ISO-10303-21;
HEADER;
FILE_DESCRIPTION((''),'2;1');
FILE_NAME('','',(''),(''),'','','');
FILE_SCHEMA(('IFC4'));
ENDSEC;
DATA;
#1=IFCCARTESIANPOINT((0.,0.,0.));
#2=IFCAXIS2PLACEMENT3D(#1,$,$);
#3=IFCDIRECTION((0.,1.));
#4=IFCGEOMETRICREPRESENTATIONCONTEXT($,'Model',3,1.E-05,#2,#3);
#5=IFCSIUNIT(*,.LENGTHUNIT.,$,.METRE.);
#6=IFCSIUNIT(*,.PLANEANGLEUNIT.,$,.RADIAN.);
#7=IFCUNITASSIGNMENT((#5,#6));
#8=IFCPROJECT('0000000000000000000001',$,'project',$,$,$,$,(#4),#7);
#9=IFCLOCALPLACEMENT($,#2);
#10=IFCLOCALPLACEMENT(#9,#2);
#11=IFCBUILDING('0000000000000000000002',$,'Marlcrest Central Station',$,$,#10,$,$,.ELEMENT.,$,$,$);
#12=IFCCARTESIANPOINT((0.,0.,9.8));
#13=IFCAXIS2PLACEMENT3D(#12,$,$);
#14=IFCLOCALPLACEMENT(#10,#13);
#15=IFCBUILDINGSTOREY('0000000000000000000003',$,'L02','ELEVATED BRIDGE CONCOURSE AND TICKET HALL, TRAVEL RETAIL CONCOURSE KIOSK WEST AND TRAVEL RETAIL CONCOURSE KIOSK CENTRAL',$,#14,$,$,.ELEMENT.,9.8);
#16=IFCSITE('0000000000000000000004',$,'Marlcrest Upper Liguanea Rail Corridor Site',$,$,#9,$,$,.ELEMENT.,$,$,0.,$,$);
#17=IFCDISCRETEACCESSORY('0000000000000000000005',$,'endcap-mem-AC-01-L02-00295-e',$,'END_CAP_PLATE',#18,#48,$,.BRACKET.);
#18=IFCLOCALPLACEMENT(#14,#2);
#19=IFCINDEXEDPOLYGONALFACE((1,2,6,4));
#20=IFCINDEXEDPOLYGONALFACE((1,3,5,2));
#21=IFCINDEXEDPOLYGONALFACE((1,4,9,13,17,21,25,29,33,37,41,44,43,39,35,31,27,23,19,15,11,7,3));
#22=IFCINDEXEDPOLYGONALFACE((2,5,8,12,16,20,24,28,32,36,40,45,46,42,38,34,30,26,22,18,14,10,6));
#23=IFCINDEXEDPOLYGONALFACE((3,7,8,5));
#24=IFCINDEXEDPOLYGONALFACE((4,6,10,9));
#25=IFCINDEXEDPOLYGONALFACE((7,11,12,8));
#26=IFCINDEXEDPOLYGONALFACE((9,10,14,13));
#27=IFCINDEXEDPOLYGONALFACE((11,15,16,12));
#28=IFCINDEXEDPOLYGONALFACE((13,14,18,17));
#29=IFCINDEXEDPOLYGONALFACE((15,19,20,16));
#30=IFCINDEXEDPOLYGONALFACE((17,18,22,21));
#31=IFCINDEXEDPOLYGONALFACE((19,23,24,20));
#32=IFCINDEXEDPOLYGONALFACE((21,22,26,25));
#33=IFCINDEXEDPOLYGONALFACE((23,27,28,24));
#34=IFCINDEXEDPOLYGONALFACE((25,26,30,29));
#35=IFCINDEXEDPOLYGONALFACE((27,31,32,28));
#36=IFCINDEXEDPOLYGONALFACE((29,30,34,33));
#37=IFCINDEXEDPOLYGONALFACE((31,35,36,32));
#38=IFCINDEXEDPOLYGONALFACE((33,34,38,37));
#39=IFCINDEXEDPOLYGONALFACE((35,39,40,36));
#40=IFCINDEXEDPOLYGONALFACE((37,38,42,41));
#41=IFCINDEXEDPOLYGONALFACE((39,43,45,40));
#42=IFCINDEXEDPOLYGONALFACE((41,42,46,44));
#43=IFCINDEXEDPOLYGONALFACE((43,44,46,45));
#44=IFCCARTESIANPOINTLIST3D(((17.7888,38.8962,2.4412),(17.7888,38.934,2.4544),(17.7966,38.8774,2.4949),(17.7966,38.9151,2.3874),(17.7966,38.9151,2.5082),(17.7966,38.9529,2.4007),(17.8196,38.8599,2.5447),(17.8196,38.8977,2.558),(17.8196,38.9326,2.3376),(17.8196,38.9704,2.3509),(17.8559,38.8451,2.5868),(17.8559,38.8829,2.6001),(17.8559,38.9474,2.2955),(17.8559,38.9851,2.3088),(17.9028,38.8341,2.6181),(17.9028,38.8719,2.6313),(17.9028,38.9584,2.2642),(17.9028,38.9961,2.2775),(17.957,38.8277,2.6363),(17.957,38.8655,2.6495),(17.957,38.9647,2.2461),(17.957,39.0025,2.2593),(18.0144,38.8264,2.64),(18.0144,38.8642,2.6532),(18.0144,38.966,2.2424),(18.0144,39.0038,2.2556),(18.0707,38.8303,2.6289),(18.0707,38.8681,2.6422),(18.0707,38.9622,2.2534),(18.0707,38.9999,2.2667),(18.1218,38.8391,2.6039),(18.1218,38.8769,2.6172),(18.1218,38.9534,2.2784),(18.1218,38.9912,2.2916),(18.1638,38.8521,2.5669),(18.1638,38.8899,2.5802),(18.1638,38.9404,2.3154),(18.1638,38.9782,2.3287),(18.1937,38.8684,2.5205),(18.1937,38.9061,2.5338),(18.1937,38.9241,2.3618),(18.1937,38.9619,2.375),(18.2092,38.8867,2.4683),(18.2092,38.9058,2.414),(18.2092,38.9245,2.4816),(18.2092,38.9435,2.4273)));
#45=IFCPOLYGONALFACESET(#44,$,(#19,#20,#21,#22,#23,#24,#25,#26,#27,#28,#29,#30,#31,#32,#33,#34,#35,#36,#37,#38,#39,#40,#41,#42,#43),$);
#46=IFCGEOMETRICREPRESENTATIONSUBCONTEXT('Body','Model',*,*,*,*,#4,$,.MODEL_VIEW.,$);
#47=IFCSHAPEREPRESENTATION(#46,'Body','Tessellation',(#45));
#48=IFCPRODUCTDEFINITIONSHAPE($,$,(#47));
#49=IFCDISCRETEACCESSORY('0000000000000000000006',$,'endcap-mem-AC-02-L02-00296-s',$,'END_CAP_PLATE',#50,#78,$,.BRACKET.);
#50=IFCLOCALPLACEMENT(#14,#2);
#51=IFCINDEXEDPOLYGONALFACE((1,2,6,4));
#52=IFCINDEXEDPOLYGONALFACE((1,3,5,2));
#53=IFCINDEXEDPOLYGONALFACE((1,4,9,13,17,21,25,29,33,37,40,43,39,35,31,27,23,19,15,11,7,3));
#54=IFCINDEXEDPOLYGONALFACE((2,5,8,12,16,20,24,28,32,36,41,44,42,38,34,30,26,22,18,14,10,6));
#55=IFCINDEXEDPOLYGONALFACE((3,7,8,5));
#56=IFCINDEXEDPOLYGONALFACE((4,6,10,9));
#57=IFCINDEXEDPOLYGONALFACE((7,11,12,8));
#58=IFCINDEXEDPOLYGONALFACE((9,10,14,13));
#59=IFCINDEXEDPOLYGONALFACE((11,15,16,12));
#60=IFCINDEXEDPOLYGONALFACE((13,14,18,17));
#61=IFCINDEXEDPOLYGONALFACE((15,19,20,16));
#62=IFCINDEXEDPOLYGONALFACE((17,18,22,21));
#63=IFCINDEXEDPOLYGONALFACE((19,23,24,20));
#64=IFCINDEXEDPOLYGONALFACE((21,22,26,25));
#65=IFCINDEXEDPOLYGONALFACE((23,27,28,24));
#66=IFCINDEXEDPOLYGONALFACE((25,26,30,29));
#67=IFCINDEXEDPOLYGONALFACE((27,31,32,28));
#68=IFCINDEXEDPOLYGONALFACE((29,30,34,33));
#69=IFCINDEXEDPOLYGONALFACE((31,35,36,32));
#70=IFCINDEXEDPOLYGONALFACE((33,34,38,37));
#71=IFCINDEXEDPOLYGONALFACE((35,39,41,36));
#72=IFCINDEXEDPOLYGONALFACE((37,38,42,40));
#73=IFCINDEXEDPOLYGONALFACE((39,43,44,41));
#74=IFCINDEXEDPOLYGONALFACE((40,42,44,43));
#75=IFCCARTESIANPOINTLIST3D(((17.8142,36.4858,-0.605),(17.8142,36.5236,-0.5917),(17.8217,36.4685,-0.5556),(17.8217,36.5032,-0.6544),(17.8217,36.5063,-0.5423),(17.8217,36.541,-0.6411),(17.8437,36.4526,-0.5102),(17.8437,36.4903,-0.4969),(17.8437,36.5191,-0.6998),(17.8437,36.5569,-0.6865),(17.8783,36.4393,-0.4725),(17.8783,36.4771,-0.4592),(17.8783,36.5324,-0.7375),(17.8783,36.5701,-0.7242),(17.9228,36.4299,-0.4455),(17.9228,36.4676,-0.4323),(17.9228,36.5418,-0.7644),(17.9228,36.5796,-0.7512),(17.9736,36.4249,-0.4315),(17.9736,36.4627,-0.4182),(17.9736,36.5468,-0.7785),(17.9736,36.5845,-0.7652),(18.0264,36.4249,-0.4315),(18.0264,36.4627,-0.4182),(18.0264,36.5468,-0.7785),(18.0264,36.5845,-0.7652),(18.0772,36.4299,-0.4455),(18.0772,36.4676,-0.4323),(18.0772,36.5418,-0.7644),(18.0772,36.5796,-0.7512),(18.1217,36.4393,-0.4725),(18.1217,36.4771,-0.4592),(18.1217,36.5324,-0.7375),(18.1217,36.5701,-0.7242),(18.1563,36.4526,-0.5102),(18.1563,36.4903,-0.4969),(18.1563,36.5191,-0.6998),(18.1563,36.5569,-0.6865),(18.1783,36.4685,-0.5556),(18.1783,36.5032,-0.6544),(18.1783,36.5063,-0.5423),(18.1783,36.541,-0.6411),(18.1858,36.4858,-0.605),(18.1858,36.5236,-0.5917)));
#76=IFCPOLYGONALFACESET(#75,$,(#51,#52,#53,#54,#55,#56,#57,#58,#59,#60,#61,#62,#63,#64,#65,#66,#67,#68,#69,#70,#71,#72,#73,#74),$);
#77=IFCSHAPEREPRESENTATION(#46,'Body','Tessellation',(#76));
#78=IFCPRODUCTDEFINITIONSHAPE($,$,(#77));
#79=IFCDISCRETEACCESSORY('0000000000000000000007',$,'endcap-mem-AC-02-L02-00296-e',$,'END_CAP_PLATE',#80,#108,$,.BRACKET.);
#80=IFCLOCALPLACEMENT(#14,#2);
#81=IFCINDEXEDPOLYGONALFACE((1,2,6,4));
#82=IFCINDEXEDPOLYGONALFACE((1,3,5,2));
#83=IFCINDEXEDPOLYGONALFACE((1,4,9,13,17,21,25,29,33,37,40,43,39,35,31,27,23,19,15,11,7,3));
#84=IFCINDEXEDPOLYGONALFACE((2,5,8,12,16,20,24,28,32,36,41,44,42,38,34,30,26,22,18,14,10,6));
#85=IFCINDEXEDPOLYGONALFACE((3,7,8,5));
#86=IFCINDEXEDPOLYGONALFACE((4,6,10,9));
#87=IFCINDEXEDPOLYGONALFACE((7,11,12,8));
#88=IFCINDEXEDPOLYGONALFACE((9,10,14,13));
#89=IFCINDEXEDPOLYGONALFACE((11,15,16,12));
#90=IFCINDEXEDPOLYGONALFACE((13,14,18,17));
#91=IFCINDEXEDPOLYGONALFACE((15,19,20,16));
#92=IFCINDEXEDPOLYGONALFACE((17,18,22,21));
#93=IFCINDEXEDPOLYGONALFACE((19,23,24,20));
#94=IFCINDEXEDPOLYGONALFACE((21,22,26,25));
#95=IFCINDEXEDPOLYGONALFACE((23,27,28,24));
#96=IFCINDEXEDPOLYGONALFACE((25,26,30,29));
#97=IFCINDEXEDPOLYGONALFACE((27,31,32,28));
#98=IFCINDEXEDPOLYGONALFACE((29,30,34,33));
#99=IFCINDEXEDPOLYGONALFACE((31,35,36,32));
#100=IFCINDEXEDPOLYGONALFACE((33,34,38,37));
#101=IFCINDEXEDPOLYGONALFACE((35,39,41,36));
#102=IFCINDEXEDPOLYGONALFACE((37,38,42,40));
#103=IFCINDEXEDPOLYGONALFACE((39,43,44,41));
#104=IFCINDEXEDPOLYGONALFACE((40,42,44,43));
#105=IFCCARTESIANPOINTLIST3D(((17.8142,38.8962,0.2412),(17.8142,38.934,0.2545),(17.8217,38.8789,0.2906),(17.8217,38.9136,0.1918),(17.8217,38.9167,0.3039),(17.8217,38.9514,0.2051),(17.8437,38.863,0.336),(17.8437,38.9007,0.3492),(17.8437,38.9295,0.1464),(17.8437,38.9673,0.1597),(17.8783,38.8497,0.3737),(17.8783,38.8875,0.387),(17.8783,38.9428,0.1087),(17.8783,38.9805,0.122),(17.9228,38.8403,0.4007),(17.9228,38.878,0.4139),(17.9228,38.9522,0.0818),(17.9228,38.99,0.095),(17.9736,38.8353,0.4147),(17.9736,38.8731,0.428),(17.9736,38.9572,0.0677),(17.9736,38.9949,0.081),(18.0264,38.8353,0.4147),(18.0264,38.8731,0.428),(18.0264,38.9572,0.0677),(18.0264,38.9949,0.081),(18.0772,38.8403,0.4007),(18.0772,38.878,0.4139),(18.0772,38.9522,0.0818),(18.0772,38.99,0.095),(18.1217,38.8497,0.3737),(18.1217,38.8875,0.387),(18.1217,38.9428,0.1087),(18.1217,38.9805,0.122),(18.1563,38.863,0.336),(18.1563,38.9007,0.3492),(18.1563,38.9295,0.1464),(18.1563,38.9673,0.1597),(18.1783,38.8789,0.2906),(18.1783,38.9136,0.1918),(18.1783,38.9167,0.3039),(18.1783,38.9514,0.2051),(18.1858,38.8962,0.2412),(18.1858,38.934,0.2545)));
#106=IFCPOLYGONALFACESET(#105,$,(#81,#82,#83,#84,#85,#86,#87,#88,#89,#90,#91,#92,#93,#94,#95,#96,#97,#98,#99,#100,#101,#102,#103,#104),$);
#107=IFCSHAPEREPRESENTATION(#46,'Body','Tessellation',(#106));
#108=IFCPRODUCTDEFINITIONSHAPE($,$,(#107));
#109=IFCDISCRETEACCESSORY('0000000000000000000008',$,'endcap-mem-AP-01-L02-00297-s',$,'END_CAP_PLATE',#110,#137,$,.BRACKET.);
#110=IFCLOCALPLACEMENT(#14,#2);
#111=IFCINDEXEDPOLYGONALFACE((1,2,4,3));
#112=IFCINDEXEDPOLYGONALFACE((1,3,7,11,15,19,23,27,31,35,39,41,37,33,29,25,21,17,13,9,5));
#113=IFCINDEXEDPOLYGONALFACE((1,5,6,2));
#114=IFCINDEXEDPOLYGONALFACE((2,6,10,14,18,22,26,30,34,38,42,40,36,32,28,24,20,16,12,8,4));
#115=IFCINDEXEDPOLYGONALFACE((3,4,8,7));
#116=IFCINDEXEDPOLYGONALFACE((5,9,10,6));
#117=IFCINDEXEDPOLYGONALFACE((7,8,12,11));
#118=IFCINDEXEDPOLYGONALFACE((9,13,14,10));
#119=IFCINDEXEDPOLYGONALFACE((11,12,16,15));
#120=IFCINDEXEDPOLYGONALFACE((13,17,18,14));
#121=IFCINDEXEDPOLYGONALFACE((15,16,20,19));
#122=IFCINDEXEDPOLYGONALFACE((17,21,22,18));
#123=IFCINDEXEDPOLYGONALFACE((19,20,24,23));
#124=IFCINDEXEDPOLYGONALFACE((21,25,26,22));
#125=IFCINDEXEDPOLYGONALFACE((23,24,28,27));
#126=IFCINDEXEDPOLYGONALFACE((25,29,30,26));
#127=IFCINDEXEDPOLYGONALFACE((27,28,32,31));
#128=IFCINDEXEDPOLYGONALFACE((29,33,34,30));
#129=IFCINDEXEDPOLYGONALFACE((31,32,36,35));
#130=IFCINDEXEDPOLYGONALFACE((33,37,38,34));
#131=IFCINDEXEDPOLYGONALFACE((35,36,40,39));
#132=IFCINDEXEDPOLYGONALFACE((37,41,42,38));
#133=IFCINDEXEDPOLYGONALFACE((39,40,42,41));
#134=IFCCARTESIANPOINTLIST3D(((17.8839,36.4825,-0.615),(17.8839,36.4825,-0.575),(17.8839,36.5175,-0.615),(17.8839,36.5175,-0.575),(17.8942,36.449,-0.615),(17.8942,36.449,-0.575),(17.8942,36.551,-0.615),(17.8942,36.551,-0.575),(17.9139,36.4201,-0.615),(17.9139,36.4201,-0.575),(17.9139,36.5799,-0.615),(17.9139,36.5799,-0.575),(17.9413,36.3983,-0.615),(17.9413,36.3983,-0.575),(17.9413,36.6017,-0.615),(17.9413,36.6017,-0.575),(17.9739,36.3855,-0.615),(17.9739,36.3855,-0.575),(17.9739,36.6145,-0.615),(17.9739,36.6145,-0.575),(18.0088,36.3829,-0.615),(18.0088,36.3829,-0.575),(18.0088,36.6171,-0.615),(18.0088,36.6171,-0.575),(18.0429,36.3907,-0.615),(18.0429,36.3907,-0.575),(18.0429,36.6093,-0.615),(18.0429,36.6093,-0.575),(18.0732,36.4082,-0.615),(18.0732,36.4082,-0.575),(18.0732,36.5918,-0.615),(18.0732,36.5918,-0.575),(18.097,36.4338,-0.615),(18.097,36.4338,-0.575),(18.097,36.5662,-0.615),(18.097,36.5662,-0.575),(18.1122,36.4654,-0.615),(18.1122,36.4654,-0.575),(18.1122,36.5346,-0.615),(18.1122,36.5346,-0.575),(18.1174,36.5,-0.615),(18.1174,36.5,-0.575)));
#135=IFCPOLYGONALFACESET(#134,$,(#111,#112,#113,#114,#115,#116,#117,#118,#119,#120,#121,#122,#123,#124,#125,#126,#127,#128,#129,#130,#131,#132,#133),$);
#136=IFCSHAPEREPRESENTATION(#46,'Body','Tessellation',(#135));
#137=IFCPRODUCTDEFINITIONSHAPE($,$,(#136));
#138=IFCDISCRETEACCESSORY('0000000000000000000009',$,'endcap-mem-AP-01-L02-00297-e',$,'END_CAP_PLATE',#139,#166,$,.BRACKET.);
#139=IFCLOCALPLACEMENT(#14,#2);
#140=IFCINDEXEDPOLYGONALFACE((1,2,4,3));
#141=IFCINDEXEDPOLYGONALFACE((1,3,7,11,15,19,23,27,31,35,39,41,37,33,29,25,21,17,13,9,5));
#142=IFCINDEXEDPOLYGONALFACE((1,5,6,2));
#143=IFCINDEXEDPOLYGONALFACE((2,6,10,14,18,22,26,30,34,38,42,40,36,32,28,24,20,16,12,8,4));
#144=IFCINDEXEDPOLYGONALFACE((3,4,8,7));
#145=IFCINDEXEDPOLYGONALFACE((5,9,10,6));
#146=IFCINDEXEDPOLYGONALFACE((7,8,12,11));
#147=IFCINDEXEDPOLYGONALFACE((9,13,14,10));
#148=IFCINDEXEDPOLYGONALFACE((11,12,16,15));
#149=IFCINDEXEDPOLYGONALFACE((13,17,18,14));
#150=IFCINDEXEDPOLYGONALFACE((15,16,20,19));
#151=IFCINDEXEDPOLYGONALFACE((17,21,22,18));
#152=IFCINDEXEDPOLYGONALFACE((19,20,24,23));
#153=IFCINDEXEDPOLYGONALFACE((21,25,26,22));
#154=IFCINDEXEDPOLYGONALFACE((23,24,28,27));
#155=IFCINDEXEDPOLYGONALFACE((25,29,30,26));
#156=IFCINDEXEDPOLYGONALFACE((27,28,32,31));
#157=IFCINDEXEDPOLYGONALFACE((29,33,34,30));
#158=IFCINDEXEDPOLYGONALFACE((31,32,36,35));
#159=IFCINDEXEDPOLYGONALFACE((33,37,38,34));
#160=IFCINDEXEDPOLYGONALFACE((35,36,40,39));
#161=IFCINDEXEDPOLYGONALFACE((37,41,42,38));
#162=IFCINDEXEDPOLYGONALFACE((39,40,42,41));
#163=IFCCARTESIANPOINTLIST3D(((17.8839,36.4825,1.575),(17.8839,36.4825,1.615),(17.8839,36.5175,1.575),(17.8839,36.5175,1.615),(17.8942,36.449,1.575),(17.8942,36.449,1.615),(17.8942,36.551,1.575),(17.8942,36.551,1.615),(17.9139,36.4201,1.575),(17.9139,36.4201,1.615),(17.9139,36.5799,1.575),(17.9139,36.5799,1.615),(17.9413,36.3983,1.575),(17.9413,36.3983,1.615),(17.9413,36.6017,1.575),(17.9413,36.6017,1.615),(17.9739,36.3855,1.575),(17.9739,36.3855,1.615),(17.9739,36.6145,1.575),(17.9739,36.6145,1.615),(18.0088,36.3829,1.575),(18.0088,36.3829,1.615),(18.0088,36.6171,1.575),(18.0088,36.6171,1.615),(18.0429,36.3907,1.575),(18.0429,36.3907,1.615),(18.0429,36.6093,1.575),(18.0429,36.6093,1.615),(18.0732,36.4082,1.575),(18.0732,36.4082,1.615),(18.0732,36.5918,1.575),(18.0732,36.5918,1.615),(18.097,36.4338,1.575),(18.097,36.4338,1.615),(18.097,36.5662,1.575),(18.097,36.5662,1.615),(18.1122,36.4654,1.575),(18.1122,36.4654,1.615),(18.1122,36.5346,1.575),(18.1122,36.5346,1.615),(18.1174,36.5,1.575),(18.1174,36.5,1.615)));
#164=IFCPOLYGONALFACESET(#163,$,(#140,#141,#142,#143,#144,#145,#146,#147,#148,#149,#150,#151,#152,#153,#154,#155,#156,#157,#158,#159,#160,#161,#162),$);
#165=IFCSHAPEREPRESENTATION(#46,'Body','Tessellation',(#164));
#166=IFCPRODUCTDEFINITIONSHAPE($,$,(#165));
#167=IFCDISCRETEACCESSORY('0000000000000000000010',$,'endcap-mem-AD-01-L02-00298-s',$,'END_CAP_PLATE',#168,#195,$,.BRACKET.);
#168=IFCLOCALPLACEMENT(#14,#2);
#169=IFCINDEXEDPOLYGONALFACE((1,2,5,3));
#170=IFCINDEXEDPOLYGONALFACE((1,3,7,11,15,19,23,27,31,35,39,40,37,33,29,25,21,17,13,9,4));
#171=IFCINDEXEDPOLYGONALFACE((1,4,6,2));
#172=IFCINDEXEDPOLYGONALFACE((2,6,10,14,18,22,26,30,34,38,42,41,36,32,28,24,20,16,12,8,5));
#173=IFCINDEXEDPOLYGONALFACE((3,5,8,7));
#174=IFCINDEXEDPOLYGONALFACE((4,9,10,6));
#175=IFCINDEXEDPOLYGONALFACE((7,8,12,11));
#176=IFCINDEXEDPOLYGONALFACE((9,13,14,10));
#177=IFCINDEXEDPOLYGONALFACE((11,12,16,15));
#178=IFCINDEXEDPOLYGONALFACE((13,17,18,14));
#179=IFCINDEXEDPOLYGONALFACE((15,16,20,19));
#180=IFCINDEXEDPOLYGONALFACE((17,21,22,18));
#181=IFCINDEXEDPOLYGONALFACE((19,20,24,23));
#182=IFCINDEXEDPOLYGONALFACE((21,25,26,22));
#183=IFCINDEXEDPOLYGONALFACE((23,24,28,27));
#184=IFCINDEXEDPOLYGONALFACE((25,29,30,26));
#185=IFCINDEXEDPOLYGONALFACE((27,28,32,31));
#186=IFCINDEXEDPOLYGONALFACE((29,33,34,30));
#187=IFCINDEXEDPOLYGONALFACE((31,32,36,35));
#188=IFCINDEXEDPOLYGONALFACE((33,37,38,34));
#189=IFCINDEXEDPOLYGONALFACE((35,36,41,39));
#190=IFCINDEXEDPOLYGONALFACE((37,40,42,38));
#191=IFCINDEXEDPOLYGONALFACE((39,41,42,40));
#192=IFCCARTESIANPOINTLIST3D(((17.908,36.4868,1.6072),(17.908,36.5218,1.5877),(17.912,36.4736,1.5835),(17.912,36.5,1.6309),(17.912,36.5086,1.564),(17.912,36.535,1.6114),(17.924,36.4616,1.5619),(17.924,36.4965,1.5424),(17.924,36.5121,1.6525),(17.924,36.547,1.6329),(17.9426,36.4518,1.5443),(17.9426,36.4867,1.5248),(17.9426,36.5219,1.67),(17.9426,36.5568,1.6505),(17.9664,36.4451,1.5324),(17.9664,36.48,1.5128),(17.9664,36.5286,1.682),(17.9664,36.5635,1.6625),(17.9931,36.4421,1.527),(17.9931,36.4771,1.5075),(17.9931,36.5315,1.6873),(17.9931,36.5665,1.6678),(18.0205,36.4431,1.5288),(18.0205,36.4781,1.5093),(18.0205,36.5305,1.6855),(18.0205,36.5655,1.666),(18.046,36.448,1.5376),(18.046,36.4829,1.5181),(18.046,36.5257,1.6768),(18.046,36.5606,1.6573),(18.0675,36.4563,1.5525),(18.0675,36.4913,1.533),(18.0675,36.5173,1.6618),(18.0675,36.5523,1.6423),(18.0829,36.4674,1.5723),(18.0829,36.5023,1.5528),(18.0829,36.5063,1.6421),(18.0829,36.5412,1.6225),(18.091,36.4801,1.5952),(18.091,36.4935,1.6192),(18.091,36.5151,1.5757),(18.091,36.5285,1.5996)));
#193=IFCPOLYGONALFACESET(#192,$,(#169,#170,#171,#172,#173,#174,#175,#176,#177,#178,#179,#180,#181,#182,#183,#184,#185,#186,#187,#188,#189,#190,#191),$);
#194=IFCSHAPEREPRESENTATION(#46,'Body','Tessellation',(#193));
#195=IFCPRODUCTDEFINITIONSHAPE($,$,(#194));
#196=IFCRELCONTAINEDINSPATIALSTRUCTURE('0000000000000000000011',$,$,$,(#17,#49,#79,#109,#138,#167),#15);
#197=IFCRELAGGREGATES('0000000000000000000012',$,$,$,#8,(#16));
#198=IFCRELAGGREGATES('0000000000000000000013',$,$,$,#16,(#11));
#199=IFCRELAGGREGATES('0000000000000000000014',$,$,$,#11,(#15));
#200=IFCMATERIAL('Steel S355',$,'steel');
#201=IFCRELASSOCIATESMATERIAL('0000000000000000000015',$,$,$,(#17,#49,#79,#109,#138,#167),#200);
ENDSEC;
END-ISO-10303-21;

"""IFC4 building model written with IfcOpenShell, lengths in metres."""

from ifc_helpers import new_model, si_unit, direction, frame, origin, origin_2d, place, context, subcontext, project, spatial, circle, extrude, material, element, save


model = new_model("IFC4")

# Units and contexts
model_context = context("Model", 3, precision=1e-05, world=origin(), true_north=direction((0.0, 1.0)))
body_context = subcontext(model_context, "Body", "Model", "MODEL_VIEW")
ifc_project = project(units=[si_unit("LENGTHUNIT", "METRE"), si_unit("PLANEANGLEUNIT", "RADIAN")], contexts=[model_context])

# Site, building, storey
site_placement = place(None, origin())
site = spatial("IfcSite", under=ifc_project, at=site_placement, Name="Marlcrest Upper Liguanea Rail Corridor Site", CompositionType="ELEMENT", RefElevation=0.0)
building_placement = place(site_placement, origin())
building = spatial("IfcBuilding", under=site, at=building_placement, Name="Marlcrest Central Station", CompositionType="ELEMENT")
storey_placement = place(building_placement, frame((0.0, 0.0, 9.8)))
storey = spatial("IfcBuildingStorey", under=building, at=storey_placement, Name="L02", Description="ELEVATED BRIDGE CONCOURSE AND TICKET HALL, TRAVEL RETAIL CONCOURSE KIOSK WEST AND TRAVEL RETAIL CONCOURSE KIOSK CENTRAL", CompositionType="ELEMENT", Elevation=9.8)

# Shared definitions
ifc_material_1 = material(Name="Steel S355", Category="steel")

# Discrete accessories
for number, where, z_axis, x_axis, name in (
    (1, (18.0, 38.8962, 2.4412), (0.0, 0.943537, 0.331266), (-1.0, 0.0, 0.0), "endcap-mem-AC-01-L02-00295-e"),
):
    element("IfcDiscreteAccessory", number, at=place(storey_placement, frame(where, z_axis=z_axis, x_axis=x_axis)), inside=storey, material=ifc_material_1, Name=name, ObjectType="END_CAP_PLATE", PredefinedType="BRACKET", context=body_context, shape_type="SweptSolid", body=[
        extrude(circle(Radius=0.2112, at=origin_2d()), origin(), (0.0, 0.0, 1.0), 0.04),
    ])
for number, where, z_axis, x_axis, name in (
    (2, (18.0, 36.4858, -0.605), (0.0, 0.943537, 0.331266), (-1.0, 0.0, 0.0), "endcap-mem-AC-02-L02-00296-s"),
    (3, (18.0, 38.8962, 0.2412), (0.0, 0.943537, 0.331266), (-1.0, 0.0, 0.0), "endcap-mem-AC-02-L02-00296-e"),
):
    element("IfcDiscreteAccessory", number, at=place(storey_placement, frame(where, z_axis=z_axis, x_axis=x_axis)), inside=storey, material=ifc_material_1, Name=name, ObjectType="END_CAP_PLATE", PredefinedType="BRACKET", context=body_context, shape_type="SweptSolid", body=[
        extrude(circle(Radius=0.1858, at=origin_2d()), origin(), (0.0, 0.0, 1.0), 0.04),
    ])
for number, where, z_axis, x_axis, name in (
    (4, (18.0, 36.5, -0.615), (0.0, 0.0, 1.0), (1.0, 0.0, 0.0), "endcap-mem-AP-01-L02-00297-s"),
    (5, (18.0, 36.5, 1.575), (0.0, 0.0, 1.0), (1.0, 0.0, 0.0), "endcap-mem-AP-01-L02-00297-e"),
):
    element("IfcDiscreteAccessory", number, at=place(storey_placement, frame(where, z_axis=z_axis, x_axis=x_axis)), inside=storey, material=ifc_material_1, Name=name, ObjectType="END_CAP_PLATE", PredefinedType="BRACKET", context=body_context, shape_type="SweptSolid", body=[
        extrude(circle(Radius=0.1174, at=origin_2d()), origin(), (0.0, 0.0, 1.0), 0.04),
    ])
for number, where, z_axis, x_axis, name in (
    (6, (18.0, 36.4868, 1.6072), (0.0, 0.873246, -0.48728), (-1.0, 0.0, 0.0), "endcap-mem-AD-01-L02-00298-s"),
):
    element("IfcDiscreteAccessory", number, at=place(storey_placement, frame(where, z_axis=z_axis, x_axis=x_axis)), inside=storey, material=ifc_material_1, Name=name, ObjectType="END_CAP_PLATE", PredefinedType="BRACKET", context=body_context, shape_type="SweptSolid", body=[
        extrude(circle(Radius=0.092, at=origin_2d()), origin(), (0.0, 0.0, 1.0), 0.04),
    ])

save(model, "model.ifc")
